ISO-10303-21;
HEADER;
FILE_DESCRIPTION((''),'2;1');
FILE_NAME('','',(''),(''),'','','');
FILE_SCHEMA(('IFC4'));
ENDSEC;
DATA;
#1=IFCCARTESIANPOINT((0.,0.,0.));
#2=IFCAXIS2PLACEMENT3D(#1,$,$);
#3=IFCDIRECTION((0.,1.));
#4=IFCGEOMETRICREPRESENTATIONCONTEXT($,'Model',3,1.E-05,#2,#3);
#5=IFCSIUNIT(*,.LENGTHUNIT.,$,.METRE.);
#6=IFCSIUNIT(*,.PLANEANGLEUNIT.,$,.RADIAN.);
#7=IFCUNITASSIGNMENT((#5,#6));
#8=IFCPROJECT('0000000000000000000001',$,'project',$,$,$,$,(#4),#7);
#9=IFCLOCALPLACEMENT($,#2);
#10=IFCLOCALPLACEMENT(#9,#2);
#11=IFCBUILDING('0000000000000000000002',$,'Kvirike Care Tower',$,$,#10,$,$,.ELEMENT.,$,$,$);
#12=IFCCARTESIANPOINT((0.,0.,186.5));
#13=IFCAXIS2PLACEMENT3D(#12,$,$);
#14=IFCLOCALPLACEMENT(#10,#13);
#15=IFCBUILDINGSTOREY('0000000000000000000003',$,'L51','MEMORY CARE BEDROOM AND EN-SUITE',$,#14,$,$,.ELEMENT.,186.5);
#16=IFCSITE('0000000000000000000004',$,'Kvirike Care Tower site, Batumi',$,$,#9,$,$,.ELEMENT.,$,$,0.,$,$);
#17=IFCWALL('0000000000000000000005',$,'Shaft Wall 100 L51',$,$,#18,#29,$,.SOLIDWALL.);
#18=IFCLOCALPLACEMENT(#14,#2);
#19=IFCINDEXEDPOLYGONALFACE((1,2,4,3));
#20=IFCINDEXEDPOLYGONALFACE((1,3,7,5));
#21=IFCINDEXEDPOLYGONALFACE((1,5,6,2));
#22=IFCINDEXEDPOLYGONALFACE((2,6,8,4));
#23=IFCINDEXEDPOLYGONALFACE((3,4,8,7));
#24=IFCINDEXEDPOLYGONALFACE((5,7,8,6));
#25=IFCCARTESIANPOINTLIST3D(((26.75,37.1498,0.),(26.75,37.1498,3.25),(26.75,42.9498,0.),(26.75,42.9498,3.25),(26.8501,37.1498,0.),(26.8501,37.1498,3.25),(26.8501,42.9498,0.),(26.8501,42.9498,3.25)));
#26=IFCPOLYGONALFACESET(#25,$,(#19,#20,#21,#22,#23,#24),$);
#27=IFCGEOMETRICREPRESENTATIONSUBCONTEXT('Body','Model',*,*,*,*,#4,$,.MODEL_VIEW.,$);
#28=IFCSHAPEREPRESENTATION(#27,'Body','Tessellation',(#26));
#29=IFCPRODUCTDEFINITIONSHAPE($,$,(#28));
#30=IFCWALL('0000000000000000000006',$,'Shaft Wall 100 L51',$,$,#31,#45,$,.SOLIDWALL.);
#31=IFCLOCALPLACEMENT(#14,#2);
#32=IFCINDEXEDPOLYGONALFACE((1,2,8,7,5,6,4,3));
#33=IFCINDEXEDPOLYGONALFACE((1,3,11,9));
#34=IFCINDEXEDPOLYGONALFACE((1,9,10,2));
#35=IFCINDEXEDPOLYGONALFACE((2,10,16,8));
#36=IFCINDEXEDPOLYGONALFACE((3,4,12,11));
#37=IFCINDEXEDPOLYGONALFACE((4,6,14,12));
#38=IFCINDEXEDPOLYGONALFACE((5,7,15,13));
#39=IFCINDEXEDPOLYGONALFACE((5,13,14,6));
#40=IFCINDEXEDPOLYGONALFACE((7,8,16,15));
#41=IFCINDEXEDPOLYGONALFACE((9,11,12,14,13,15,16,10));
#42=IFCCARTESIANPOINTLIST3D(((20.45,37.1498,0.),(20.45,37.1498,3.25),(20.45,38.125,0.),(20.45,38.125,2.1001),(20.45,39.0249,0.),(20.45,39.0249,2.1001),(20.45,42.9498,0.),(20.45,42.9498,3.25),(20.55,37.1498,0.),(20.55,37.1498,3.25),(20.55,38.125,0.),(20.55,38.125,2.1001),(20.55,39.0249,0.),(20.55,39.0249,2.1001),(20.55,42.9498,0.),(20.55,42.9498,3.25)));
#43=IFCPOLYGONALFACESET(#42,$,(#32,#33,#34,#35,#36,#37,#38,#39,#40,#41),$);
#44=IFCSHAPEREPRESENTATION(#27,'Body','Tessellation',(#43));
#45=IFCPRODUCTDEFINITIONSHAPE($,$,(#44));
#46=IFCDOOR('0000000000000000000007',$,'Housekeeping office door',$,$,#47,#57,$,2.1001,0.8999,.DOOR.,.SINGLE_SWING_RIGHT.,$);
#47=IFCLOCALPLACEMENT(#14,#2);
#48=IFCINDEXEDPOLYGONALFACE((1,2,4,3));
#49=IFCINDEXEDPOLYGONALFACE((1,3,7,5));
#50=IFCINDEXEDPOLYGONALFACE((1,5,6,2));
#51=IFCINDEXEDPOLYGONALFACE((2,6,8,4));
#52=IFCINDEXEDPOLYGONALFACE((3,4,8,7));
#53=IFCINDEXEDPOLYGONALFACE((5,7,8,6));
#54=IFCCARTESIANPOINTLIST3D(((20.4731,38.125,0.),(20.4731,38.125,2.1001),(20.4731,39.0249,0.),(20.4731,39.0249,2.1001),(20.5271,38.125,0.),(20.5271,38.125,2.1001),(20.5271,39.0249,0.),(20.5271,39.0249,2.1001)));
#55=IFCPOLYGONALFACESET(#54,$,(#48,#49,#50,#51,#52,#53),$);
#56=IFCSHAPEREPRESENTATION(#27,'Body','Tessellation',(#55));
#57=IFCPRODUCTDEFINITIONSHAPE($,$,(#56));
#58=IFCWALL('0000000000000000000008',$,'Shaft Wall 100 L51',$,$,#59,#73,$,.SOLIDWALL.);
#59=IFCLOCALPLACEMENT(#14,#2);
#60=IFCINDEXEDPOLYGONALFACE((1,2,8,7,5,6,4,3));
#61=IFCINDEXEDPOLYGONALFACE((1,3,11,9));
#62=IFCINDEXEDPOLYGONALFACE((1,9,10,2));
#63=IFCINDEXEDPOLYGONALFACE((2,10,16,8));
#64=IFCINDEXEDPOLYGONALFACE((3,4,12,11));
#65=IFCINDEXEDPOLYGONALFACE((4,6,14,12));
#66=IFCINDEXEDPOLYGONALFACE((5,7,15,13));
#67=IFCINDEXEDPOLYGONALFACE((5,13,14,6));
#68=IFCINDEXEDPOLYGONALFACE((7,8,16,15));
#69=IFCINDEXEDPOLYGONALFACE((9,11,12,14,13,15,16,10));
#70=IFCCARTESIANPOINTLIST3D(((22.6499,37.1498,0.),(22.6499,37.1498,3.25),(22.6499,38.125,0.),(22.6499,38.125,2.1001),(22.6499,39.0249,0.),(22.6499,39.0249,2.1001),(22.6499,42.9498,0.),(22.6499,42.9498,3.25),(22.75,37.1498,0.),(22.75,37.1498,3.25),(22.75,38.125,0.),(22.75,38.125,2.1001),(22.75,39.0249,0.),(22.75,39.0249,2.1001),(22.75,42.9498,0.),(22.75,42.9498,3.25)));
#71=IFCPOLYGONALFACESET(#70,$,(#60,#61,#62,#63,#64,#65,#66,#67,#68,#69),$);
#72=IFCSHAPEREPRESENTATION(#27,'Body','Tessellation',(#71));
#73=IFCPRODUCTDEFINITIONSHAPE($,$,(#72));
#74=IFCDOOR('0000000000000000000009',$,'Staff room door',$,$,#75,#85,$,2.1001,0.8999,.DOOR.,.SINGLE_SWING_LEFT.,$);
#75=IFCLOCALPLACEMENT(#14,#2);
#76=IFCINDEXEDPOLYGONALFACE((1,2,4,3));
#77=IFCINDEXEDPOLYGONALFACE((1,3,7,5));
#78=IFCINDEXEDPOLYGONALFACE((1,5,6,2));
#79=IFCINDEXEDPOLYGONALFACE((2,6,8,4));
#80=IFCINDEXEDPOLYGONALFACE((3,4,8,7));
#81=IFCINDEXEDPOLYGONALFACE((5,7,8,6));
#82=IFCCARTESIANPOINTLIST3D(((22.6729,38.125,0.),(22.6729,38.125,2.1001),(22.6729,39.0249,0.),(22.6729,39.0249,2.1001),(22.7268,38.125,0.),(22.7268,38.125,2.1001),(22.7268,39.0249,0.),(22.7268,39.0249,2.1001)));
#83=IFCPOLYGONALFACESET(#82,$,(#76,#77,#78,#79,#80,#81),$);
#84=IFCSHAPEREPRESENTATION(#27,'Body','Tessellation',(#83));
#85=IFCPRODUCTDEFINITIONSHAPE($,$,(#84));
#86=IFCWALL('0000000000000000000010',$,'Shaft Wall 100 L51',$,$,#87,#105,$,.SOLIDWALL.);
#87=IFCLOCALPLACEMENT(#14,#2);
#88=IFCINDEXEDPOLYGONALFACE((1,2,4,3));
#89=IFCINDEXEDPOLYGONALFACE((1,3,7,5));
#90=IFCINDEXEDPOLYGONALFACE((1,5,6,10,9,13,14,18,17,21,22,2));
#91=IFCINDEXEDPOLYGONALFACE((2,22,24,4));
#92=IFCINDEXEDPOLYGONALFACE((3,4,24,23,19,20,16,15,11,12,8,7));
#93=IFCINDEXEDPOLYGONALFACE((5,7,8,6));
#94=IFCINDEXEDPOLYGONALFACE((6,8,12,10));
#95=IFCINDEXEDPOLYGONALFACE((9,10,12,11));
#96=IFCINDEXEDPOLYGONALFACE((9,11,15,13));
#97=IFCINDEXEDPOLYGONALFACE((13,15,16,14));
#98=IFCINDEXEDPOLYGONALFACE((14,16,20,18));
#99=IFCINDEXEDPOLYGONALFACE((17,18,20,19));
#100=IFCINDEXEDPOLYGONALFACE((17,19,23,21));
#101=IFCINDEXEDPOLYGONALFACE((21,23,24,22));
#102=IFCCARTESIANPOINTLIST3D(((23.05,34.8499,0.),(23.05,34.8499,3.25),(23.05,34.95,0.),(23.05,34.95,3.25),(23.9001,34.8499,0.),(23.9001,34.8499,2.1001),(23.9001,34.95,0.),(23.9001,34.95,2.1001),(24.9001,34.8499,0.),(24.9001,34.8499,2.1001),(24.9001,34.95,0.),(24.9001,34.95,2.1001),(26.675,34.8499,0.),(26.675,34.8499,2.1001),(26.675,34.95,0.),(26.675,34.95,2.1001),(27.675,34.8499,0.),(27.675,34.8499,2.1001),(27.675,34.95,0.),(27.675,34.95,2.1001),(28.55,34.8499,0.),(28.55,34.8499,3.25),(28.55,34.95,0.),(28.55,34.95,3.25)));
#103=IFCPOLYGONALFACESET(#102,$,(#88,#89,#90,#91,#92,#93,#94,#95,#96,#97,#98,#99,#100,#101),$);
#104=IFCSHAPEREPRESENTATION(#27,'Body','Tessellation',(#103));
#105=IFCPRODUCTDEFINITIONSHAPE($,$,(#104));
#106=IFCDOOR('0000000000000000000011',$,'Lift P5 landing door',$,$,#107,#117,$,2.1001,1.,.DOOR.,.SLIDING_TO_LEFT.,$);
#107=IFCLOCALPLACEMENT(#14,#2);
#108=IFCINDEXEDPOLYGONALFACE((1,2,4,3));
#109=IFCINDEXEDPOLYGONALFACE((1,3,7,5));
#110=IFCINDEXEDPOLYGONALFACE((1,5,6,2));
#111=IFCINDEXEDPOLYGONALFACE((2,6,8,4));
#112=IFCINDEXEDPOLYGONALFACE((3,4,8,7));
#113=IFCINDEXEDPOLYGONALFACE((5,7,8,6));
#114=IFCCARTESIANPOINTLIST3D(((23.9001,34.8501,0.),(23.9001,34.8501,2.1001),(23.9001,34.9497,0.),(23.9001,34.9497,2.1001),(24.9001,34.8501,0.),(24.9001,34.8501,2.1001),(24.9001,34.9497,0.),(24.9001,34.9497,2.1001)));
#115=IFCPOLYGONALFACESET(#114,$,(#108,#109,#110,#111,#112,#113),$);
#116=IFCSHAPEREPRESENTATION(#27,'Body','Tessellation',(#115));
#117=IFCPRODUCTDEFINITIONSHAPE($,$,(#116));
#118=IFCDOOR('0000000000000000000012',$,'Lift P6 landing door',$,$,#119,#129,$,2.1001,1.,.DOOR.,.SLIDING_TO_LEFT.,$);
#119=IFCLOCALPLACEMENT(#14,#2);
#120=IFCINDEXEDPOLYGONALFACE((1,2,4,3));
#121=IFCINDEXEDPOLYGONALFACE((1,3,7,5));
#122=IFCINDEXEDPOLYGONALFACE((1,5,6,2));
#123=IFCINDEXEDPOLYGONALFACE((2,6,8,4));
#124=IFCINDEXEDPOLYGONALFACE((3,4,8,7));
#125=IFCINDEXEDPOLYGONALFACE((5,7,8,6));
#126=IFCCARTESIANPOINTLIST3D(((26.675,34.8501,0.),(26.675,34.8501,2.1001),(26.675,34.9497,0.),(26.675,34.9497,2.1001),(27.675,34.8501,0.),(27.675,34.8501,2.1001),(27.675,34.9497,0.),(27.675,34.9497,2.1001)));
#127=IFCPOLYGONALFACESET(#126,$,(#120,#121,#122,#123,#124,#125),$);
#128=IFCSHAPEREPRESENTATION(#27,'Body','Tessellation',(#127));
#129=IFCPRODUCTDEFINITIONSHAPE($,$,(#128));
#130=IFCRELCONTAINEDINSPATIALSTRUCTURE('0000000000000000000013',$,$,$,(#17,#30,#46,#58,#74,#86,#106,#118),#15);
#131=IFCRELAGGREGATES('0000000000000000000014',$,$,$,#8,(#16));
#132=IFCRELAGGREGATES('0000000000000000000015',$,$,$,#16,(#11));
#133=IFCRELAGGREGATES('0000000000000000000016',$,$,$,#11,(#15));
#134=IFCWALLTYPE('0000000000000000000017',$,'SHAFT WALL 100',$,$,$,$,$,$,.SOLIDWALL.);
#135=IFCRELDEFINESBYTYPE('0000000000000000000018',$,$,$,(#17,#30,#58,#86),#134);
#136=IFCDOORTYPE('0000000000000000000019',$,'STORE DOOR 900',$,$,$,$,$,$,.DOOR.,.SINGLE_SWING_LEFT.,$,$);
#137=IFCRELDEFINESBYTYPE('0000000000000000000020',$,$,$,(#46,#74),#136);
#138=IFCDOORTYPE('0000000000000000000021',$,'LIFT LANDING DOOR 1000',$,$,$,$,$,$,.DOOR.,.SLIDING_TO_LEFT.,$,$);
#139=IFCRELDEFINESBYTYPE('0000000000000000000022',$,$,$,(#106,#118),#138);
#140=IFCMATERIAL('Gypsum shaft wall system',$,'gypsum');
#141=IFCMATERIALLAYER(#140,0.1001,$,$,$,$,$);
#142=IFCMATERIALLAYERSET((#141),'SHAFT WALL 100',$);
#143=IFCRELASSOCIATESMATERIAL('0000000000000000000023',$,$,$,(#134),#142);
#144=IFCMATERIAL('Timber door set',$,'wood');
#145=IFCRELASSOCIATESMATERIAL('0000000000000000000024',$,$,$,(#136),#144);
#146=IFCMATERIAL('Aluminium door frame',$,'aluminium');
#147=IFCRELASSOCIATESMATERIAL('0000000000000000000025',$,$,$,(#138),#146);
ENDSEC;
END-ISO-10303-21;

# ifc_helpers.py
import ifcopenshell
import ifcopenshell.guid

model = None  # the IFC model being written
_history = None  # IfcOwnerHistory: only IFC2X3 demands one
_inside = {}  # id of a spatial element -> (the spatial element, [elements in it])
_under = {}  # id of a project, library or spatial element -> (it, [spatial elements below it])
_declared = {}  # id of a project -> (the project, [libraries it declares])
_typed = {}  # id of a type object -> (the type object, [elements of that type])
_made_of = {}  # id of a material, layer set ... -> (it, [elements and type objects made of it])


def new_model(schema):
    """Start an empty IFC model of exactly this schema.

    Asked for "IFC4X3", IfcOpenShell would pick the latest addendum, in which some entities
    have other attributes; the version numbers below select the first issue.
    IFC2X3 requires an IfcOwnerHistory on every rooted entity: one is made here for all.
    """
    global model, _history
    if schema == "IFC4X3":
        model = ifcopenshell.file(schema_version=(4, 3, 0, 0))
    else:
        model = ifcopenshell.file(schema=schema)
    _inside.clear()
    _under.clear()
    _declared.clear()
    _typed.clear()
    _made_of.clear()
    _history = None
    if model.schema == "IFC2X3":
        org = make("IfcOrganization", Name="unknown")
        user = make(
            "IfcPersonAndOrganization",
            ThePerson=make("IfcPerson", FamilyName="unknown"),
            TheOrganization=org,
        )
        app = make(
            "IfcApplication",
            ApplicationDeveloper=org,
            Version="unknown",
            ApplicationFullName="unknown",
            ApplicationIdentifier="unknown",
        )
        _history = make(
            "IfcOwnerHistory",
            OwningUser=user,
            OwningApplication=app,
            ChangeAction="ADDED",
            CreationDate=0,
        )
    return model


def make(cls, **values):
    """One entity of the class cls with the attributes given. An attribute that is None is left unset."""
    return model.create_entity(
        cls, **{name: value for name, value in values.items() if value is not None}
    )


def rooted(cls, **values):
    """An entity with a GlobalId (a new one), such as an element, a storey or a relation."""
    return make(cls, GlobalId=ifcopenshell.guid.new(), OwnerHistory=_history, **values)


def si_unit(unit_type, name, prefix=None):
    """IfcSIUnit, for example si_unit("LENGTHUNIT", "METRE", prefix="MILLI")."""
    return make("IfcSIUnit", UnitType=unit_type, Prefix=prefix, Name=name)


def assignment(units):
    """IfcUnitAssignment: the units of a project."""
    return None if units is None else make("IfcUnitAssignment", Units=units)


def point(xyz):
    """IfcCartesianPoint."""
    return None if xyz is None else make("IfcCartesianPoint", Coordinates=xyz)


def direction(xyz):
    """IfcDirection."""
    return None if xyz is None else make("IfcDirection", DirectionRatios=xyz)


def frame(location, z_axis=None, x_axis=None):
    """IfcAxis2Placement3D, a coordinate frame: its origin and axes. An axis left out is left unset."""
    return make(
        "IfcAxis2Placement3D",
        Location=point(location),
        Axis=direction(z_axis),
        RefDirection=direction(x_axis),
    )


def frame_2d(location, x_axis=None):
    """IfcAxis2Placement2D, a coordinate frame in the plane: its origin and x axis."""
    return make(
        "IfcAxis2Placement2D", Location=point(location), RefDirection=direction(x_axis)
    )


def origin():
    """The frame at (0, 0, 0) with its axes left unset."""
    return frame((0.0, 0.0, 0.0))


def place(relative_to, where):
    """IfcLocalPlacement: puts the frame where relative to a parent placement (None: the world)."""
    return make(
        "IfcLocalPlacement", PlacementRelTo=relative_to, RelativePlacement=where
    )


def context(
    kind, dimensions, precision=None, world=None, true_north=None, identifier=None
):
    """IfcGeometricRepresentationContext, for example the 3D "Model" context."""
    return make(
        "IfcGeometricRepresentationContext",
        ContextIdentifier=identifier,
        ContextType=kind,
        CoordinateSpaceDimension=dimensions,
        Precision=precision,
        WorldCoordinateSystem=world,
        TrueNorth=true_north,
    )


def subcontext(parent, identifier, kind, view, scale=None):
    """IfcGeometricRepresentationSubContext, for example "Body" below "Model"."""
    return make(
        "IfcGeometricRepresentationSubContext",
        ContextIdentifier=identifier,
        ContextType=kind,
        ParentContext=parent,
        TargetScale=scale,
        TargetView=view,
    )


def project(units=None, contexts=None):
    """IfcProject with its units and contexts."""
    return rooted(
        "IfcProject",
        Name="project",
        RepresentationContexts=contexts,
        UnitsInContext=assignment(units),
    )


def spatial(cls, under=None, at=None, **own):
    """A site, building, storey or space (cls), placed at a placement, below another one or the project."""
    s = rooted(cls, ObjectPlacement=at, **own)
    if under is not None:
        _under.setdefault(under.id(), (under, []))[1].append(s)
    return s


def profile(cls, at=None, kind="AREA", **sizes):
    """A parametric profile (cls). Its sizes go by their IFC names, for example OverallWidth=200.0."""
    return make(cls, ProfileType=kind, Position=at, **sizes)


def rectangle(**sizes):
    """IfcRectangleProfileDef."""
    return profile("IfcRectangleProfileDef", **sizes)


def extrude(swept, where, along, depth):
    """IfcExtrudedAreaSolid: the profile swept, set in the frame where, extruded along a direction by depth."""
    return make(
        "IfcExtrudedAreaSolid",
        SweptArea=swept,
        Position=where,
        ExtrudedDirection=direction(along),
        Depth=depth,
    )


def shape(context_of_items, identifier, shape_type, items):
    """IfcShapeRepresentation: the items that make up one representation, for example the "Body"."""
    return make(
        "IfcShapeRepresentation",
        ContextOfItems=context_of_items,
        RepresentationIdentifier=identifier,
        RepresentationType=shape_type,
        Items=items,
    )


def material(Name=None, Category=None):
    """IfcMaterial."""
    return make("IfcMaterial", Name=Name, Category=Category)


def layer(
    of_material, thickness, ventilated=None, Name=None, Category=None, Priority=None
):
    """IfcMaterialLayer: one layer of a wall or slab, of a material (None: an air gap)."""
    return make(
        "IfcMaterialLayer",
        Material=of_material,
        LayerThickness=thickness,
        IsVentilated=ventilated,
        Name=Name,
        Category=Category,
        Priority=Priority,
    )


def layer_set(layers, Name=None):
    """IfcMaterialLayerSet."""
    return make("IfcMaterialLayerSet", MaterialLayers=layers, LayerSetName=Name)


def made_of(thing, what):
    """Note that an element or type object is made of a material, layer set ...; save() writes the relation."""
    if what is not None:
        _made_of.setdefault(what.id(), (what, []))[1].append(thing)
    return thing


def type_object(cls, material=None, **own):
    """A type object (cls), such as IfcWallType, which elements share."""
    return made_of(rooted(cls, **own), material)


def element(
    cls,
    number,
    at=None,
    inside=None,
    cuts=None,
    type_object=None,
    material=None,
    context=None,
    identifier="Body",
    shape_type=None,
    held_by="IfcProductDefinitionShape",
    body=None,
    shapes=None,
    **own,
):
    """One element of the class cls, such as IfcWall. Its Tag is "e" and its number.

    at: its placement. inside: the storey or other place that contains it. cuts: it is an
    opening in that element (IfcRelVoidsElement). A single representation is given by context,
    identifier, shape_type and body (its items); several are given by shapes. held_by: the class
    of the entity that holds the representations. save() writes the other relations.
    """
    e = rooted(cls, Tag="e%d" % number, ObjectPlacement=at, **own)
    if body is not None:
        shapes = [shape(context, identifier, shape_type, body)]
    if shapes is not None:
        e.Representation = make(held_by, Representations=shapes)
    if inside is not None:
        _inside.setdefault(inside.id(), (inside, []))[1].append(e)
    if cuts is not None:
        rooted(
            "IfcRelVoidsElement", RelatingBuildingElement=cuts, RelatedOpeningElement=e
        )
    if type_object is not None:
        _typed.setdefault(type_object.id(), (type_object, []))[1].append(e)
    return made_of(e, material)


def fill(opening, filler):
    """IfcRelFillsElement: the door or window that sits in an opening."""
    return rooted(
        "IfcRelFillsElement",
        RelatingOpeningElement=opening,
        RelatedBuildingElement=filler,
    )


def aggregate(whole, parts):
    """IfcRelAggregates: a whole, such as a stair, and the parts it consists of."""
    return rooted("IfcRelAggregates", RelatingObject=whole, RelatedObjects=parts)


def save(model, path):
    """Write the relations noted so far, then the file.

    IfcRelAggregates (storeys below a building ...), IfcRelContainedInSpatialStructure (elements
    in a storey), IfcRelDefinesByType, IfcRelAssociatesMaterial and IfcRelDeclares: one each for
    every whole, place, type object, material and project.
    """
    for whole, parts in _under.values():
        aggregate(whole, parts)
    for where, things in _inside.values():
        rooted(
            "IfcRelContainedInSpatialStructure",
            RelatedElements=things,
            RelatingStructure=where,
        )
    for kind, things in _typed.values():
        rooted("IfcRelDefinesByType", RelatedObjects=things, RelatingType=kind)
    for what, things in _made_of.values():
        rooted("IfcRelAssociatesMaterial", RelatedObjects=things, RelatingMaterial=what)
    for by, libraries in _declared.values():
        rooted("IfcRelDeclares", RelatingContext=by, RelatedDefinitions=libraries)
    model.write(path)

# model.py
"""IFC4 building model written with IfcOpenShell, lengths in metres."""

from ifc_helpers import new_model, si_unit, direction, frame, frame_2d, origin, place, context, subcontext, project, spatial, rectangle, extrude, material, layer, layer_set, type_object, element, fill, save


model = new_model("IFC4")

# Units and contexts
model_context = context("Model", 3, precision=1e-05, world=origin(), true_north=direction((0.0, 1.0)))
body_context = subcontext(model_context, "Body", "Model", "MODEL_VIEW")
ifc_project = project(units=[si_unit("LENGTHUNIT", "METRE"), si_unit("PLANEANGLEUNIT", "RADIAN")], contexts=[model_context])

# Site, building, storey
site_placement = place(None, origin())
site = spatial("IfcSite", under=ifc_project, at=site_placement, Name="Kvirike Care Tower site, Batumi", CompositionType="ELEMENT", RefElevation=0.0)
building_placement = place(site_placement, origin())
building = spatial("IfcBuilding", under=site, at=building_placement, Name="Kvirike Care Tower", CompositionType="ELEMENT")
storey_placement = place(building_placement, frame((0.0, 0.0, 186.5)))
storey = spatial("IfcBuildingStorey", under=building, at=storey_placement, Name="L51", Description="MEMORY CARE BEDROOM AND EN-SUITE", CompositionType="ELEMENT", Elevation=186.5)

# Wall
ifc_material_1 = material(Name="Gypsum shaft wall system", Category="gypsum")
ifc_layer_1 = layer(ifc_material_1, 0.1001)
ifc_layer_set_1 = layer_set([ifc_layer_1], Name="SHAFT WALL 100")
wall_type_1 = type_object("IfcWallType", Name="SHAFT WALL 100", PredefinedType="SOLIDWALL", material=ifc_layer_set_1)
wall_1_placement = place(storey_placement, frame((26.8, 37.1499, 0.0), z_axis=(0.0, 0.0, 1.0), x_axis=(0.0, 1.0, 0.0)))
element("IfcWall", 1, at=wall_1_placement, inside=storey, type_object=wall_type_1, Name="Shaft Wall 100 L51", PredefinedType="SOLIDWALL", context=body_context, shape_type="SweptSolid", body=[
    extrude(rectangle(XDim=5.8, YDim=0.1001, at=frame_2d((2.8999, 0.0))), origin(), (0.0, 0.0, 1.0), 3.25),
])

# Walls, openings, doors
wall_2_placement = place(storey_placement, frame((20.5, 37.1499, 0.0), z_axis=(0.0, 0.0, 1.0), x_axis=(0.0, 1.0, 0.0)))
wall_2 = element("IfcWall", 2, at=wall_2_placement, inside=storey, type_object=wall_type_1, Name="Shaft Wall 100 L51", PredefinedType="SOLIDWALL", context=body_context, shape_type="SweptSolid", body=[
    extrude(rectangle(XDim=5.8, YDim=0.1001, at=frame_2d((2.8999, 0.0))), origin(), (0.0, 0.0, 1.0), 3.25),
])
opening_1_placement = place(wall_2_placement, frame((0.9751, 0.0, 0.0)))
opening_1 = element("IfcOpeningElement", 3, at=opening_1_placement, cuts=wall_2, PredefinedType="OPENING", context=body_context, shape_type="SweptSolid", body=[
    extrude(rectangle(XDim=0.8999, YDim=2.1001, at=frame_2d((0.45, 1.05))), frame((0.0, 0.0605, 0.0), z_axis=(0.0, -1.0, 0.0), x_axis=(1.0, 0.0, 0.0)), (0.0, 0.0, 1.0), 0.1211),
])
ifc_material_2 = material(Name="Timber door set", Category="wood")
door_type_1 = type_object("IfcDoorType", Name="STORE DOOR 900", OperationType="SINGLE_SWING_LEFT", PredefinedType="DOOR", material=ifc_material_2)
door_1_placement = place(opening_1_placement, origin())
door_1 = element("IfcDoor", 4, at=door_1_placement, inside=storey, type_object=door_type_1, Name="Housekeeping office door", OperationType="SINGLE_SWING_RIGHT", OverallHeight=2.1001, OverallWidth=0.8999, PredefinedType="DOOR", context=body_context, shape_type="SweptSolid", body=[
    extrude(rectangle(XDim=0.8999, YDim=2.1001, at=frame_2d((0.45, 1.05))), frame((0.0, 0.0269, 0.0), z_axis=(0.0, -1.0, 0.0), x_axis=(1.0, 0.0, 0.0)), (0.0, 0.0, 1.0), 0.054),
])
fill(opening_1, door_1)
wall_3_placement = place(storey_placement, frame((22.7, 37.1499, 0.0), z_axis=(0.0, 0.0, 1.0), x_axis=(0.0, 1.0, 0.0)))
wall_3 = element("IfcWall", 5, at=wall_3_placement, inside=storey, type_object=wall_type_1, Name="Shaft Wall 100 L51", PredefinedType="SOLIDWALL", context=body_context, shape_type="SweptSolid", body=[
    extrude(rectangle(XDim=5.8, YDim=0.1001, at=frame_2d((2.8999, 0.0))), origin(), (0.0, 0.0, 1.0), 3.25),
])
opening_2_placement = place(wall_3_placement, frame((0.9751, 0.0, 0.0)))
opening_2 = element("IfcOpeningElement", 6, at=opening_2_placement, cuts=wall_3, PredefinedType="OPENING", context=body_context, shape_type="SweptSolid", body=[
    extrude(rectangle(XDim=0.8999, YDim=2.1001, at=frame_2d((0.45, 1.05))), frame((0.0, 0.0605, 0.0), z_axis=(0.0, -1.0, 0.0), x_axis=(1.0, 0.0, 0.0)), (0.0, 0.0, 1.0), 0.1211),
])
door_2_placement = place(opening_2_placement, frame((0.8999, 0.0, 0.0), z_axis=(0.0, 0.0, 1.0), x_axis=(-1.0, 0.0, 0.0)))
door_2 = element("IfcDoor", 7, at=door_2_placement, inside=storey, type_object=door_type_1, Name="Staff room door", OperationType="SINGLE_SWING_LEFT", OverallHeight=2.1001, OverallWidth=0.8999, PredefinedType="DOOR", context=body_context, shape_type="SweptSolid", body=[
    extrude(rectangle(XDim=0.8999, YDim=2.1001, at=frame_2d((0.45, 1.05))), frame((0.0, 0.0269, 0.0), z_axis=(0.0, -1.0, 0.0), x_axis=(1.0, 0.0, 0.0)), (0.0, 0.0, 1.0), 0.054),
])
fill(opening_2, door_2)

# Wall, openings, doors
wall_4_placement = place(storey_placement, frame((23.05, 34.8999, 0.0), z_axis=(0.0, 0.0, 1.0), x_axis=(1.0, 0.0, 0.0)))
wall_4 = element("IfcWall", 8, at=wall_4_placement, inside=storey, type_object=wall_type_1, Name="Shaft Wall 100 L51", PredefinedType="SOLIDWALL", context=body_context, shape_type="SweptSolid", body=[
    extrude(rectangle(XDim=5.5, YDim=0.1001, at=frame_2d((2.75, 0.0))), origin(), (0.0, 0.0, 1.0), 3.25),
])
opening_3_placement = place(wall_4_placement, frame((0.8501, 0.0, 0.0)))
opening_3 = element("IfcOpeningElement", 9, at=opening_3_placement, cuts=wall_4, PredefinedType="OPENING", context=body_context, shape_type="SweptSolid", body=[
    extrude(rectangle(XDim=1.0, YDim=2.1001, at=frame_2d((0.5, 1.05))), frame((0.0, 0.0605, 0.0), z_axis=(0.0, -1.0, 0.0), x_axis=(1.0, 0.0, 0.0)), (0.0, 0.0, 1.0), 0.1211),
])
opening_4_placement = place(wall_4_placement, frame((3.625, 0.0, 0.0)))
opening_4 = element("IfcOpeningElement", 10, at=opening_4_placement, cuts=wall_4, PredefinedType="OPENING", context=body_context, shape_type="SweptSolid", body=[
    extrude(rectangle(XDim=1.0, YDim=2.1001, at=frame_2d((0.5, 1.05))), frame((0.0, 0.0605, 0.0), z_axis=(0.0, -1.0, 0.0), x_axis=(1.0, 0.0, 0.0)), (0.0, 0.0, 1.0), 0.1211),
])
ifc_material_3 = material(Name="Aluminium door frame", Category="aluminium")
door_type_2 = type_object("IfcDoorType", Name="LIFT LANDING DOOR 1000", OperationType="SLIDING_TO_LEFT", PredefinedType="DOOR", material=ifc_material_3)
door_3_placement = place(opening_3_placement, origin())
door_3 = element("IfcDoor", 11, at=door_3_placement, inside=storey, type_object=door_type_2, Name="Lift P5 landing door", OperationType="SLIDING_TO_LEFT", OverallHeight=2.1001, OverallWidth=1.0, PredefinedType="DOOR", context=body_context, shape_type="SweptSolid", body=[
    extrude(rectangle(XDim=1.0, YDim=2.1001, at=frame_2d((0.5, 1.05))), frame((0.0, 0.0498, 0.0), z_axis=(0.0, -1.0, 0.0), x_axis=(1.0, 0.0, 0.0)), (0.0, 0.0, 1.0), 0.0996),
])
fill(opening_3, door_3)
door_4_placement = place(opening_4_placement, origin())
door_4 = element("IfcDoor", 12, at=door_4_placement, inside=storey, type_object=door_type_2, Name="Lift P6 landing door", OperationType="SLIDING_TO_LEFT", OverallHeight=2.1001, OverallWidth=1.0, PredefinedType="DOOR", context=body_context, shape_type="SweptSolid", body=[
    extrude(rectangle(XDim=1.0, YDim=2.1001, at=frame_2d((0.5, 1.05))), frame((0.0, 0.0498, 0.0), z_axis=(0.0, -1.0, 0.0), x_axis=(1.0, 0.0, 0.0)), (0.0, 0.0, 1.0), 0.0996),
])
fill(opening_4, door_4)

save(model, "model.ifc")
